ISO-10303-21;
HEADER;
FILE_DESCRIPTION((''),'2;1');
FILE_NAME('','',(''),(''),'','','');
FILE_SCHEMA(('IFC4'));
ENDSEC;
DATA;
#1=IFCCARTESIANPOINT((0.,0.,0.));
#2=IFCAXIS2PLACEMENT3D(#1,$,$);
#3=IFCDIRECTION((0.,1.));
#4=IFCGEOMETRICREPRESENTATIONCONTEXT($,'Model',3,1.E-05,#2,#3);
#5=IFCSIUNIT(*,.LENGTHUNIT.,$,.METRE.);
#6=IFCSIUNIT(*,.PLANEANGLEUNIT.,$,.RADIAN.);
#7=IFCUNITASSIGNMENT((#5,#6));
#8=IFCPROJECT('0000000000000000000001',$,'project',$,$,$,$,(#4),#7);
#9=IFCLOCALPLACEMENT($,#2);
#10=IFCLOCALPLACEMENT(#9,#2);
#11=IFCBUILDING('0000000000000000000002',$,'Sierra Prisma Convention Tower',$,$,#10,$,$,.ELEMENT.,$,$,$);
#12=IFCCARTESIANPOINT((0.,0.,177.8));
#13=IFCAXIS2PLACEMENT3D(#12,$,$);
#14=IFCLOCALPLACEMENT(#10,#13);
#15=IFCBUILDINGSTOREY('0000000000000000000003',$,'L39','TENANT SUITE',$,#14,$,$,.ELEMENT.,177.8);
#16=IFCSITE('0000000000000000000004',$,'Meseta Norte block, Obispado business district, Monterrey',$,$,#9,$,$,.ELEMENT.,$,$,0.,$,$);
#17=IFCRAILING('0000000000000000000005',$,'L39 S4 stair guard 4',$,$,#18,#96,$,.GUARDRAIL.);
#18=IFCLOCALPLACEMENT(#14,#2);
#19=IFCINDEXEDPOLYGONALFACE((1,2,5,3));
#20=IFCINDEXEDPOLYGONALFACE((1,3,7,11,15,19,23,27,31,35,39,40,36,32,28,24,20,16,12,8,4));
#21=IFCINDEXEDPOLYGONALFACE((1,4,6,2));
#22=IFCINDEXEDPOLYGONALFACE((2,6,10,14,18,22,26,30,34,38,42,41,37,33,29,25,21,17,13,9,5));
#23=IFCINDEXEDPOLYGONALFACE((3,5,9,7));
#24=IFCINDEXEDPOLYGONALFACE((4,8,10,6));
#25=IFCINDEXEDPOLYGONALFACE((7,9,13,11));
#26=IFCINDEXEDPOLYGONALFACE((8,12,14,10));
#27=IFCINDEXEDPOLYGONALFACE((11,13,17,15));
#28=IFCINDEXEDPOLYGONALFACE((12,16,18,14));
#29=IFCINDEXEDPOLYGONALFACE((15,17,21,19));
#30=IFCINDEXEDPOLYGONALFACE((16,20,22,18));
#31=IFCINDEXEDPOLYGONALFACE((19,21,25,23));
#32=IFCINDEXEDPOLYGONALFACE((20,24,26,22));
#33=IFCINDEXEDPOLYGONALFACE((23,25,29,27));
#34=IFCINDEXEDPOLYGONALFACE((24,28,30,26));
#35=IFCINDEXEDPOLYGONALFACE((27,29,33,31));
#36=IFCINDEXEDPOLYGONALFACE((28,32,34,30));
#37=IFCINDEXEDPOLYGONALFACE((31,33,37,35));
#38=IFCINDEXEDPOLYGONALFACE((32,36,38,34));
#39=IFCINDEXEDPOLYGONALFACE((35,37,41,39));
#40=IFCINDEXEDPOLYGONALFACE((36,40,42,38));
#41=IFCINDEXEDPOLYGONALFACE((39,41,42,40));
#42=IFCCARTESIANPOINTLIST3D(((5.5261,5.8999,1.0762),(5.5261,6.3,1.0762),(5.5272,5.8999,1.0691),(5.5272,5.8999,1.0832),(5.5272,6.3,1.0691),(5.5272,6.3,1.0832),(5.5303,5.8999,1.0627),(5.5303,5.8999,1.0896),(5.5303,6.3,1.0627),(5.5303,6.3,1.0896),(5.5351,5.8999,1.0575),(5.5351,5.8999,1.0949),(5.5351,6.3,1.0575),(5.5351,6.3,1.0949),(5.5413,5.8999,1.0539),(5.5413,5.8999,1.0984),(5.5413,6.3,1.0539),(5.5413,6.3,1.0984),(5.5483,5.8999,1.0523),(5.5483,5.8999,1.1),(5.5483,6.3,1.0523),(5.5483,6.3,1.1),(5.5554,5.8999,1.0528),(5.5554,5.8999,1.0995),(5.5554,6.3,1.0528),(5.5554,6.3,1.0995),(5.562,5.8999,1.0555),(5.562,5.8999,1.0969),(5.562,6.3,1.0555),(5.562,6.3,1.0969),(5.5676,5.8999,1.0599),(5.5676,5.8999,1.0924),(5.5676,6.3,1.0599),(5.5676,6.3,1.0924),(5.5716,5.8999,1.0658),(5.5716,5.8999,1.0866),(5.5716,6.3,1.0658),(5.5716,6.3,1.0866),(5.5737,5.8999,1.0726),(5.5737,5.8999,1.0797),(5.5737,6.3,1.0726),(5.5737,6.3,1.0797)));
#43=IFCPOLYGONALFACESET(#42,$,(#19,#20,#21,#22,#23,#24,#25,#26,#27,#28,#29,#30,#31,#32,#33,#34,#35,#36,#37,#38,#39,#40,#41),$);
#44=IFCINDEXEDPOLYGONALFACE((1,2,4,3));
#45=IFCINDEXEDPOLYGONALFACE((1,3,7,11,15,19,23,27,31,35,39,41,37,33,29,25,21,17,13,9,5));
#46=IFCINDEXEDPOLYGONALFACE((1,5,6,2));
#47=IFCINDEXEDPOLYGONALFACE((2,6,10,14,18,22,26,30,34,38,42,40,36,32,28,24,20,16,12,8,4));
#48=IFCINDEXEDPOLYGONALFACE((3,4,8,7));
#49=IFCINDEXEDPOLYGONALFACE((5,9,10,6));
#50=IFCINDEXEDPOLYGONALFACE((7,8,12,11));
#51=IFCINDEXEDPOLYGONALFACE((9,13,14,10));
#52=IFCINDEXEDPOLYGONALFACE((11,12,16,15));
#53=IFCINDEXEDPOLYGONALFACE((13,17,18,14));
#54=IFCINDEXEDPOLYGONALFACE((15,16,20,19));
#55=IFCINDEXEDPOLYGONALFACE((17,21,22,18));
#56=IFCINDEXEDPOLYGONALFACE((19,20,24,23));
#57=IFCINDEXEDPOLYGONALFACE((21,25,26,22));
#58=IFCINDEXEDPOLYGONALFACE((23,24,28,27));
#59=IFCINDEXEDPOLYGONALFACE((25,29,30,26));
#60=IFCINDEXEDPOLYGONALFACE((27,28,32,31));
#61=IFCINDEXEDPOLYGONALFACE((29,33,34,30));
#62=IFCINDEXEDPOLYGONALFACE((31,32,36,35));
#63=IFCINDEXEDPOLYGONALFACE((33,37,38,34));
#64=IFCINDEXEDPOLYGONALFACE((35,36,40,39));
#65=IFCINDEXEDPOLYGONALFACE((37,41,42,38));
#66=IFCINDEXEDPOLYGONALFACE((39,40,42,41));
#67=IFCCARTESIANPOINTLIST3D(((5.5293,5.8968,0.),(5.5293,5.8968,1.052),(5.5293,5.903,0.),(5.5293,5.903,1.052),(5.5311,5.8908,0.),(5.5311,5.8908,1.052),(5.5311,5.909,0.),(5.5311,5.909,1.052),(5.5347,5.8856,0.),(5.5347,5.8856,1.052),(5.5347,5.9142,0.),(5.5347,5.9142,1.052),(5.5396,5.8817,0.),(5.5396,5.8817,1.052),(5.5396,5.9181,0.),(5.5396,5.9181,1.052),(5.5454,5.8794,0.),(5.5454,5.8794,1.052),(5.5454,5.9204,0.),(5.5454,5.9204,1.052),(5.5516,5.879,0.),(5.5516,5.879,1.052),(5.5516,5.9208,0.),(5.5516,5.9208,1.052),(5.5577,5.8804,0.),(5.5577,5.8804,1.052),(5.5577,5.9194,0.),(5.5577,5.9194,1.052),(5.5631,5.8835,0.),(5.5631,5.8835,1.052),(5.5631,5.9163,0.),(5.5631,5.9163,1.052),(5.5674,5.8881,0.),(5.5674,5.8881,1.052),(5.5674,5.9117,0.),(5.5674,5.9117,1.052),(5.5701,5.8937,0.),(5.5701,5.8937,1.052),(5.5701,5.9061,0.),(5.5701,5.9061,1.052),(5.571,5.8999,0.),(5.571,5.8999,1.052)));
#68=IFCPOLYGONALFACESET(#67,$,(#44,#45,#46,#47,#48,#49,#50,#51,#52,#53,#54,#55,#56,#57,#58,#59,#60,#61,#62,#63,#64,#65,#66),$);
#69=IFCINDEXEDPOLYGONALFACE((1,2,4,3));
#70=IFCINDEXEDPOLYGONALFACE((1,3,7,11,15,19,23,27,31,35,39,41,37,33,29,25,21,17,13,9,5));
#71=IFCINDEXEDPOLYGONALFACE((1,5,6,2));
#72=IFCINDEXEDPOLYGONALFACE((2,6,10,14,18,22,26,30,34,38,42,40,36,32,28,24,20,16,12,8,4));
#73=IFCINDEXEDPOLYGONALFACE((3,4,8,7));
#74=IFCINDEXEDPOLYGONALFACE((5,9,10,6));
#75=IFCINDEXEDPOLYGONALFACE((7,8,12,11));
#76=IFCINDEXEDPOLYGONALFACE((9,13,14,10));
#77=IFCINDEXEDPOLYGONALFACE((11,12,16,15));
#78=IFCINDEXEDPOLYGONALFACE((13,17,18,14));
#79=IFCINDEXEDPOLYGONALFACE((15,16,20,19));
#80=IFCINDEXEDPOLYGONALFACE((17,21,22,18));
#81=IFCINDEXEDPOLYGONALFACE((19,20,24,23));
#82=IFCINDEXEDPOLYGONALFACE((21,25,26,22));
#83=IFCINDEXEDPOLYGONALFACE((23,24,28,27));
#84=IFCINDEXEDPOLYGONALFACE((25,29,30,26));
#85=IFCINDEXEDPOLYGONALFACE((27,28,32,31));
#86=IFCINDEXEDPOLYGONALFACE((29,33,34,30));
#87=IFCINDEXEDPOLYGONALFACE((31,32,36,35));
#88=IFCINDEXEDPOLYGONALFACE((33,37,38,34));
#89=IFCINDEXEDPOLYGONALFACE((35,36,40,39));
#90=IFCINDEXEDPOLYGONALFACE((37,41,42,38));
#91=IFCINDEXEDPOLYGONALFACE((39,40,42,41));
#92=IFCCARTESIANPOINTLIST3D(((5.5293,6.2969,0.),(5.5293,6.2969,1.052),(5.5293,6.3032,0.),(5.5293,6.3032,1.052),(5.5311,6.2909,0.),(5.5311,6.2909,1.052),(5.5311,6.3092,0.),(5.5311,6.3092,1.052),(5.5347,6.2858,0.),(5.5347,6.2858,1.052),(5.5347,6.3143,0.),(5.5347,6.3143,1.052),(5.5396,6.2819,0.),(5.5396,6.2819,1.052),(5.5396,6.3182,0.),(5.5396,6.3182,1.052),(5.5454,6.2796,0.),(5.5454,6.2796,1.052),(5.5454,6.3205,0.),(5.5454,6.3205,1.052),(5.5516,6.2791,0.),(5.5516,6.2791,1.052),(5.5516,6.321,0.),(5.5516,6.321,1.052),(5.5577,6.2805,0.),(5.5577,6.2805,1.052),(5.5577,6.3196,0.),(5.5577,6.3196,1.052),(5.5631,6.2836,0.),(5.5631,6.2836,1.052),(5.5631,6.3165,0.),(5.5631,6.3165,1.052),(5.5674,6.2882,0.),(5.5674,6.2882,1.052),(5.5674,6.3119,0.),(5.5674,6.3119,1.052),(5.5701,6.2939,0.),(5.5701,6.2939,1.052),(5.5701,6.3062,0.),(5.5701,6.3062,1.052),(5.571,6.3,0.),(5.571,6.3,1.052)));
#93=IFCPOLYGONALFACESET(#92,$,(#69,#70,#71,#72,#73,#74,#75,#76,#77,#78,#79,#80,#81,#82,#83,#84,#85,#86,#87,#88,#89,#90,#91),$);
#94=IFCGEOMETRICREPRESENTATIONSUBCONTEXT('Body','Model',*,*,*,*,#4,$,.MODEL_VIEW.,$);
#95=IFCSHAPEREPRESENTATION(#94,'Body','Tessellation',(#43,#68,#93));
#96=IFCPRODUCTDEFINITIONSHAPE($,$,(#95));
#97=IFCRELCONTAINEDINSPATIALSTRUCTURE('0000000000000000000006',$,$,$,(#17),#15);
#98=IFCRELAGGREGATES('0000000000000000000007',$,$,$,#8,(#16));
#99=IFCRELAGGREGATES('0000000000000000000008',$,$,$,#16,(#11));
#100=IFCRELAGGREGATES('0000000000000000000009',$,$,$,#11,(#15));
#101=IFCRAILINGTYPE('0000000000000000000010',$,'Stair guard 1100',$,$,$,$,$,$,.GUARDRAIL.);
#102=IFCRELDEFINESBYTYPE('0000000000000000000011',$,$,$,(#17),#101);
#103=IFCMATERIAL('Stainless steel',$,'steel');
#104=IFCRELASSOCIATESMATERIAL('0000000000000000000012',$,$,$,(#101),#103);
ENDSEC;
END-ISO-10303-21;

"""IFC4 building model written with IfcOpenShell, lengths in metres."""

from ifc_helpers import new_model, si_unit, direction, frame, origin, origin_2d, place, context, subcontext, project, spatial, circle, extrude, material, type_object, element, save


model = new_model("IFC4")

# Units and contexts
model_context = context("Model", 3, precision=1e-05, world=origin(), true_north=direction((0.0, 1.0)))
body_context = subcontext(model_context, "Body", "Model", "MODEL_VIEW")
ifc_project = project(units=[si_unit("LENGTHUNIT", "METRE"), si_unit("PLANEANGLEUNIT", "RADIAN")], contexts=[model_context])

# Site, building, storey
site_placement = place(None, origin())
site = spatial("IfcSite", under=ifc_project, at=site_placement, Name="Meseta Norte block, Obispado business district, Monterrey", CompositionType="ELEMENT", RefElevation=0.0)
building_placement = place(site_placement, origin())
building = spatial("IfcBuilding", under=site, at=building_placement, Name="Sierra Prisma Convention Tower", CompositionType="ELEMENT")
storey_placement = place(building_placement, frame((0.0, 0.0, 177.8)))
storey = spatial("IfcBuildingStorey", under=building, at=storey_placement, Name="L39", Description="TENANT SUITE", CompositionType="ELEMENT", Elevation=177.8)

# Railing
ifc_material_1 = material(Name="Stainless steel", Category="steel")
railing_type_1 = type_object("IfcRailingType", Name="Stair guard 1100", PredefinedType="GUARDRAIL", material=ifc_material_1)
railing_1_placement = place(storey_placement, frame((5.55, 5.8999, 0.0)))
element("IfcRailing", 1, at=railing_1_placement, inside=storey, type_object=railing_type_1, Name="L39 S4 stair guard 4", PredefinedType="GUARDRAIL", context=body_context, shape_type="SweptSolid", body=[
    extrude(circle(Radius=0.0239, at=origin_2d()), frame((0.0, 0.0, 1.0762), z_axis=(0.0, 1.0, 0.0), x_axis=(-1.0, 0.0, 0.0)), (0.0, 0.0, 1.0), 0.4001),
    extrude(circle(Radius=0.021, at=origin_2d()), origin(), (0.0, 0.0, 1.0), 1.052),
    extrude(circle(Radius=0.021, at=origin_2d()), frame((0.0, 0.4001, 0.0)), (0.0, 0.0, 1.0), 1.052),
])

save(model, "model.ifc")
